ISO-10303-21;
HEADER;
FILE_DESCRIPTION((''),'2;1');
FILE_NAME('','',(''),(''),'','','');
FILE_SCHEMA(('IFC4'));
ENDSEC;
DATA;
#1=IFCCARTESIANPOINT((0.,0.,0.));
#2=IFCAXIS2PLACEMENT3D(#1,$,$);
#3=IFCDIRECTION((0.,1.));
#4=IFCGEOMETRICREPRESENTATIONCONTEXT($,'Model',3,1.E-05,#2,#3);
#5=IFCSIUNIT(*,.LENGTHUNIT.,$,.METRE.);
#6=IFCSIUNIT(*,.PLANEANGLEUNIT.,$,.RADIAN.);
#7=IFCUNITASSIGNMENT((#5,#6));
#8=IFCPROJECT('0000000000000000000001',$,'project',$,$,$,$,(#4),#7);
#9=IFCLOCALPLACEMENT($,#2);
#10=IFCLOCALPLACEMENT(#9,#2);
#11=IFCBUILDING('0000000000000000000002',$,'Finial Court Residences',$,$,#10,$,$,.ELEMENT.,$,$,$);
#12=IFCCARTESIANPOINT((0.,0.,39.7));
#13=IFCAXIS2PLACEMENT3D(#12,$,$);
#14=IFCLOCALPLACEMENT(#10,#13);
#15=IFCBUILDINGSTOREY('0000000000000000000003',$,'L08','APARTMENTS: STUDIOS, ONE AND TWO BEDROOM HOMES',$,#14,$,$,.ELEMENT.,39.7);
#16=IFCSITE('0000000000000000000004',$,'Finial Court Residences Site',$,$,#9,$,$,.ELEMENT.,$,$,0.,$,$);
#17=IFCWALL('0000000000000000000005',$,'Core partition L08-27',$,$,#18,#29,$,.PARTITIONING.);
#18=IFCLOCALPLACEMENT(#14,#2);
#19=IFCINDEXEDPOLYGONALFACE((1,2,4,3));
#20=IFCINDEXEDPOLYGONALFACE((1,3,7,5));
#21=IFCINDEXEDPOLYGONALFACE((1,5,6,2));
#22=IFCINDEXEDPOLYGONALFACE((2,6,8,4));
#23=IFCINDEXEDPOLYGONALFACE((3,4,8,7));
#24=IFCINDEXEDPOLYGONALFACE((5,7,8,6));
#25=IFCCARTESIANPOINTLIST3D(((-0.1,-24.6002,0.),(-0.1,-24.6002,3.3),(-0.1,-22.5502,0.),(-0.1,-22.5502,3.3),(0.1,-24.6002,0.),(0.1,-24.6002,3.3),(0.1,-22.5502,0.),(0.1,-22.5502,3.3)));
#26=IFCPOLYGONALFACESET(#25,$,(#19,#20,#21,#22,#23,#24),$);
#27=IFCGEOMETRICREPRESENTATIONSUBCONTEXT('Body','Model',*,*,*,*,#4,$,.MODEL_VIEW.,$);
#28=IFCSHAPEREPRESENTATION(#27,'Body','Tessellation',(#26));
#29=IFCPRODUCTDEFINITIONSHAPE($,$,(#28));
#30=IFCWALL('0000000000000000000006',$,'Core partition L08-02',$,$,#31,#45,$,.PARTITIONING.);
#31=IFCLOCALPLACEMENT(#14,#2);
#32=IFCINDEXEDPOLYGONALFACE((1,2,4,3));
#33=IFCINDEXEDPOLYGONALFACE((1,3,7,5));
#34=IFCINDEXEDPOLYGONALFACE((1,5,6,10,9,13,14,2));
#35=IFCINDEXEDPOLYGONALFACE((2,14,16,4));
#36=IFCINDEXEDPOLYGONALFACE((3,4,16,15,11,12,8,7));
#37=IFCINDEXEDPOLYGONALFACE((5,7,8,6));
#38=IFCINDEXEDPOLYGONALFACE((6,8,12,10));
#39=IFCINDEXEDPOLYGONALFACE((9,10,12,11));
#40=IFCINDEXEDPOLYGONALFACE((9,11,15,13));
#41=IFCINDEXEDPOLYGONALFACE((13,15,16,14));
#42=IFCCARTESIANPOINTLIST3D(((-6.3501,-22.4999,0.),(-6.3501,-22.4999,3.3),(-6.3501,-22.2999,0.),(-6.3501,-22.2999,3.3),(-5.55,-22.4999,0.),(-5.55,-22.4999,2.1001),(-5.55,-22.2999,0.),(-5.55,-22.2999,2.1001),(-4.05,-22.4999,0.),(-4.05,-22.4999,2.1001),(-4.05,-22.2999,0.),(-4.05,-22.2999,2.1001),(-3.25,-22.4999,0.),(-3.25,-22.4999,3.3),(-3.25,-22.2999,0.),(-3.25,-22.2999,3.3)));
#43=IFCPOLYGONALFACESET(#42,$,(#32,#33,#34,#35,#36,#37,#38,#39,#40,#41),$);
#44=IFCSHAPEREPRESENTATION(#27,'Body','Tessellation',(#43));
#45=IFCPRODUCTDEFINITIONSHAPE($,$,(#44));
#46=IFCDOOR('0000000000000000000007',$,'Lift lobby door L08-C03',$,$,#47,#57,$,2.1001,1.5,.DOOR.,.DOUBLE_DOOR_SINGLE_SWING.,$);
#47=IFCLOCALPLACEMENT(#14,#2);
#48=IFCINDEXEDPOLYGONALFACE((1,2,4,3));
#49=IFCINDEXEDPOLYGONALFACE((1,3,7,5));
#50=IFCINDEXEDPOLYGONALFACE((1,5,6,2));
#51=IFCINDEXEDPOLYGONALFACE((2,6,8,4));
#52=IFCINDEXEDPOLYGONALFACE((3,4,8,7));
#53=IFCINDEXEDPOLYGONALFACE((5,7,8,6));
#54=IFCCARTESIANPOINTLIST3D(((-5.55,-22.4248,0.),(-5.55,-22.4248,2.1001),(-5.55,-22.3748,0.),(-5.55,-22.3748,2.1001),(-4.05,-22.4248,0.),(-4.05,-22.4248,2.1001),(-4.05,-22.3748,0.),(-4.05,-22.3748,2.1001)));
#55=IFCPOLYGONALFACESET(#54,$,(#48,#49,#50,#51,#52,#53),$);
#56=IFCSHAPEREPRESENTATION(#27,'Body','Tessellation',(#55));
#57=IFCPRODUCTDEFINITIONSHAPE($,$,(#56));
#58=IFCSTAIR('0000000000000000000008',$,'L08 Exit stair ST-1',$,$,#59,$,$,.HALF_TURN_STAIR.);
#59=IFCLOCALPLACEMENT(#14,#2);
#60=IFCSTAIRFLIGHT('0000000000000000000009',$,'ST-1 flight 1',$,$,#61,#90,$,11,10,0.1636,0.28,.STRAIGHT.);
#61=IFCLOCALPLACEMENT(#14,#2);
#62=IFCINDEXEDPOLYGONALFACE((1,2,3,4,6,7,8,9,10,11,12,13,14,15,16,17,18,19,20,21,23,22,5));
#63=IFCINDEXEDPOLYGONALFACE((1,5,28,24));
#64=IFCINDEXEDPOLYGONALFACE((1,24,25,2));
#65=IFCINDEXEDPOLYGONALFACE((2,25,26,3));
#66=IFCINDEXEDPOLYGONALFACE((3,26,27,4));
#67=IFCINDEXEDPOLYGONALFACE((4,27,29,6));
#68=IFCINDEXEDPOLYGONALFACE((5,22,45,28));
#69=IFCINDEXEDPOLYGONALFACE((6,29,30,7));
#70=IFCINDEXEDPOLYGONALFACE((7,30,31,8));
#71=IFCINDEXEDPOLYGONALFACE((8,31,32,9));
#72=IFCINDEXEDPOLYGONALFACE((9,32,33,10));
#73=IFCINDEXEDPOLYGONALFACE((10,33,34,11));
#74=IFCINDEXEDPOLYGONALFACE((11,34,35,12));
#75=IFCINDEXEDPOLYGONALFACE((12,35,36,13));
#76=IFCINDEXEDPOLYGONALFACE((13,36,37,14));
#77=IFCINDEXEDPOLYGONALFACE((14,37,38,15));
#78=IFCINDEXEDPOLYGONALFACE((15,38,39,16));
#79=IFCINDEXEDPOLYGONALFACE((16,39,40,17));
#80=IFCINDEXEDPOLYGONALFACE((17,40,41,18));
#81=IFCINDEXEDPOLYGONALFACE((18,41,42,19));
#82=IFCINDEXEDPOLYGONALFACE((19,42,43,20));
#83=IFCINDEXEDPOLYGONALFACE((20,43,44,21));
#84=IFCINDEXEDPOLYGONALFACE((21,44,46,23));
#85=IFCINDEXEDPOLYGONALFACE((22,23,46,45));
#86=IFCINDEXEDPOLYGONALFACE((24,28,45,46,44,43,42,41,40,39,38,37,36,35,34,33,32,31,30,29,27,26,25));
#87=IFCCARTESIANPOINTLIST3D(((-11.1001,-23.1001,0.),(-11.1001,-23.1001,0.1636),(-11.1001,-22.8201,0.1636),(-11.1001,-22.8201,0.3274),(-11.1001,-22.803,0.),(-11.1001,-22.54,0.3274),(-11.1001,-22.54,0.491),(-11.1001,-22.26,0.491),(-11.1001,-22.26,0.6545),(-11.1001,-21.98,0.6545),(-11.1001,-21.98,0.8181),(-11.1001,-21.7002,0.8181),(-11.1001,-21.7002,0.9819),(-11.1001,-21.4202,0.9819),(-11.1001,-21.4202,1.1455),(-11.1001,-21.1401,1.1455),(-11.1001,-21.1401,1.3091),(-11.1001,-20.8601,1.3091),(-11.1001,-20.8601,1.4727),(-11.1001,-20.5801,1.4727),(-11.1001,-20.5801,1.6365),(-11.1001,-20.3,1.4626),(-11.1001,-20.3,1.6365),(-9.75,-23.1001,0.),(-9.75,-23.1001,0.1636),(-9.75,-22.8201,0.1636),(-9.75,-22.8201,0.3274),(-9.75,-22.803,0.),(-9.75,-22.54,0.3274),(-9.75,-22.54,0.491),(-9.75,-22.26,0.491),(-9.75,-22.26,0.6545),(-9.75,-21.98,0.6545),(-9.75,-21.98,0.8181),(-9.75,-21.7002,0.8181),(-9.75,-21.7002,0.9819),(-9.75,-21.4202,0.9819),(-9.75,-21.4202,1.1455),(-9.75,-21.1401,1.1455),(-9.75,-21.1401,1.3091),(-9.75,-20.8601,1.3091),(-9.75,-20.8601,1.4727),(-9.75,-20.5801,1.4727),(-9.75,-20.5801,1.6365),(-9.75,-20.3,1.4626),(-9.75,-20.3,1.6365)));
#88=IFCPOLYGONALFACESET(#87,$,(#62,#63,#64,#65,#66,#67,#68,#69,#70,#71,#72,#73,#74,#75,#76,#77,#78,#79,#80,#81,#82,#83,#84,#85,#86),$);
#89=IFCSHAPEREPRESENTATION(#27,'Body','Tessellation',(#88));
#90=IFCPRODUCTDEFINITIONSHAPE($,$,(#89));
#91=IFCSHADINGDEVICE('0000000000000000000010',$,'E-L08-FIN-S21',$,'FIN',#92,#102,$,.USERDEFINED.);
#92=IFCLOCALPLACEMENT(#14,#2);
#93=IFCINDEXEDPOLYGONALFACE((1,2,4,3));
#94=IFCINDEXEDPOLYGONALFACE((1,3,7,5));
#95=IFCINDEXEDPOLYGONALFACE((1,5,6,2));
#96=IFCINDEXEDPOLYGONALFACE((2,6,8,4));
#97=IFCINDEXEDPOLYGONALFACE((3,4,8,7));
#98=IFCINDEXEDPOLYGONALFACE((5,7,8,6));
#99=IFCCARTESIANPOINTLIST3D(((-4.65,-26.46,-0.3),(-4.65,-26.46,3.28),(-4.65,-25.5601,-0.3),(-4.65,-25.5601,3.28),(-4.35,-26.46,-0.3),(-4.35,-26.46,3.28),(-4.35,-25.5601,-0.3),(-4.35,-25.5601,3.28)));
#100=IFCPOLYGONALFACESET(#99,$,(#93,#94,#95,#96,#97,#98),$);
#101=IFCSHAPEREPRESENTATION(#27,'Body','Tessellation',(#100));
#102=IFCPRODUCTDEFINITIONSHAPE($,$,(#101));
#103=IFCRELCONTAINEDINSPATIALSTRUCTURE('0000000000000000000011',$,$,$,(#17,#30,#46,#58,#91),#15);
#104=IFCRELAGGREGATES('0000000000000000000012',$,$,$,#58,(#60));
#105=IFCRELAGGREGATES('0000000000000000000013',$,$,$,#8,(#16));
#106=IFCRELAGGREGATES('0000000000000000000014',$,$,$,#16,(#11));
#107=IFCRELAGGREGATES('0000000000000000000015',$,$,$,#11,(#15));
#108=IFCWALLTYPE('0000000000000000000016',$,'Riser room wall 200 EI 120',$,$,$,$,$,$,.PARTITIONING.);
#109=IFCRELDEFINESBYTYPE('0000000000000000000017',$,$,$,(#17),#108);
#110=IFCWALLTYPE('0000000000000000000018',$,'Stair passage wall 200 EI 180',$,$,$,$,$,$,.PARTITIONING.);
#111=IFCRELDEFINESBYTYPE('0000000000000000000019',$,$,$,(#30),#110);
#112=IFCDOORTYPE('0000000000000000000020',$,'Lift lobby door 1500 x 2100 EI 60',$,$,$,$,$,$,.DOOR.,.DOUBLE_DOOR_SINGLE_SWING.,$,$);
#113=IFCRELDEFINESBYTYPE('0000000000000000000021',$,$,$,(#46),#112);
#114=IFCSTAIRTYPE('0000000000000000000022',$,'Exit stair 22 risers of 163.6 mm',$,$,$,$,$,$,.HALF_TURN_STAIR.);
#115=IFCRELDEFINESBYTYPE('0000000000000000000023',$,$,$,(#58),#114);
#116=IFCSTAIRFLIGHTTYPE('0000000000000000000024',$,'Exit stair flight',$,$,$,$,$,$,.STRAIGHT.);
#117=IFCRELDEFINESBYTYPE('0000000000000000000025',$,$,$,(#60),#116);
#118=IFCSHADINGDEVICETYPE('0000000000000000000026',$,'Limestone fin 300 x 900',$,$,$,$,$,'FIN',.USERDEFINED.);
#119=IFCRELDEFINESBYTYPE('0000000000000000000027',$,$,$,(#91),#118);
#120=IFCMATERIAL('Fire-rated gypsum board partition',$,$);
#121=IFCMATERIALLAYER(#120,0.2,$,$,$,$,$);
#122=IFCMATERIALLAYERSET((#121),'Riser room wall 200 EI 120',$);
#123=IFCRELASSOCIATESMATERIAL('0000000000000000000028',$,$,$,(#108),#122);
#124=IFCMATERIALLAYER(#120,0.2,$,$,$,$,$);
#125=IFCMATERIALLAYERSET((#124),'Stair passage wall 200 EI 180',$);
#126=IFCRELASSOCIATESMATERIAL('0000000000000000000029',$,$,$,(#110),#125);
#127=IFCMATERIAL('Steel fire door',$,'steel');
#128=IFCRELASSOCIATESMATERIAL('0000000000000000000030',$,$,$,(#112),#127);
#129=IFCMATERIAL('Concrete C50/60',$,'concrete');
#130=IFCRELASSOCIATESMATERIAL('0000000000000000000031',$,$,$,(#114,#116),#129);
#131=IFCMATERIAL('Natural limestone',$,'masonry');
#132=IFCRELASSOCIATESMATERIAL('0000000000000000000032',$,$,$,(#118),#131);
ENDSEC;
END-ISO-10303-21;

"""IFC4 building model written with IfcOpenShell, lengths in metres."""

from ifc_helpers import new_model, si_unit, direction, frame, frame_2d, origin, origin_2d, place, context, subcontext, project, spatial, polyline, rectangle, outline, extrude, material, layer, layer_set, type_object, element, fill, aggregate, save


model = new_model("IFC4")

# Units and contexts
model_context = context("Model", 3, precision=1e-05, world=origin(), true_north=direction((0.0, 1.0)))
body_context = subcontext(model_context, "Body", "Model", "MODEL_VIEW")
ifc_project = project(units=[si_unit("LENGTHUNIT", "METRE"), si_unit("PLANEANGLEUNIT", "RADIAN")], contexts=[model_context])

# Site, building, storey
site_placement = place(None, origin())
site = spatial("IfcSite", under=ifc_project, at=site_placement, Name="Finial Court Residences Site", CompositionType="ELEMENT", RefElevation=0.0)
building_placement = place(site_placement, origin())
building = spatial("IfcBuilding", under=site, at=building_placement, Name="Finial Court Residences", CompositionType="ELEMENT")
storey_placement = place(building_placement, frame((0.0, 0.0, 39.7)))
storey = spatial("IfcBuildingStorey", under=building, at=storey_placement, Name="L08", Description="APARTMENTS: STUDIOS, ONE AND TWO BEDROOM HOMES", CompositionType="ELEMENT", Elevation=39.7)

# Shared definitions
ifc_material_1 = material(Name="Steel fire door", Category="steel")

# Wall
ifc_material_2 = material(Name="Fire-rated gypsum board partition")
ifc_layer_1 = layer(ifc_material_2, 0.2)
ifc_layer_set_1 = layer_set([ifc_layer_1], Name="Riser room wall 200 EI 120")
wall_type_1 = type_object("IfcWallType", Name="Riser room wall 200 EI 120", PredefinedType="PARTITIONING", material=ifc_layer_set_1)
wall_1_placement = place(storey_placement, frame((0.0, -24.6001, 0.0), z_axis=(0.0, 0.0, 1.0), x_axis=(0.0, 1.0, 0.0)))
element("IfcWall", 1, at=wall_1_placement, inside=storey, type_object=wall_type_1, Name="Core partition L08-27", PredefinedType="PARTITIONING", context=body_context, shape_type="SweptSolid", body=[
    extrude(rectangle(XDim=2.05, YDim=0.2, at=frame_2d((1.0249, 0.0))), origin(), (0.0, 0.0, 1.0), 3.3),
])

# Wall, opening, door
ifc_layer_2 = layer(ifc_material_2, 0.2)
ifc_layer_set_2 = layer_set([ifc_layer_2], Name="Stair passage wall 200 EI 180")
wall_type_2 = type_object("IfcWallType", Name="Stair passage wall 200 EI 180", PredefinedType="PARTITIONING", material=ifc_layer_set_2)
wall_2_placement = place(storey_placement, frame((-3.25, -22.3999, 0.0), z_axis=(0.0, 0.0, 1.0), x_axis=(-1.0, 0.0, 0.0)))
wall_2 = element("IfcWall", 2, at=wall_2_placement, inside=storey, type_object=wall_type_2, Name="Core partition L08-02", PredefinedType="PARTITIONING", context=body_context, shape_type="SweptSolid", body=[
    extrude(rectangle(XDim=3.1001, YDim=0.2, at=frame_2d((1.55, 0.0))), origin(), (0.0, 0.0, 1.0), 3.3),
])
opening_1_placement = place(wall_2_placement, frame((0.8, 0.0, 0.0)))
opening_1 = element("IfcOpeningElement", 3, at=opening_1_placement, cuts=wall_2, PredefinedType="OPENING", context=body_context, shape_type="SweptSolid", body=[
    extrude(rectangle(XDim=1.5, YDim=2.1001, at=frame_2d((0.75, 1.05))), frame((0.0, 0.1099, 0.0), z_axis=(0.0, -1.0, 0.0), x_axis=(1.0, 0.0, 0.0)), (0.0, 0.0, 1.0), 0.22),
])
door_type_1 = type_object("IfcDoorType", Name="Lift lobby door 1500 x 2100 EI 60", OperationType="DOUBLE_DOOR_SINGLE_SWING", PredefinedType="DOOR", material=ifc_material_1)
door_1_placement = place(opening_1_placement, origin())
door_1 = element("IfcDoor", 4, at=door_1_placement, inside=storey, type_object=door_type_1, Name="Lift lobby door L08-C03", OperationType="DOUBLE_DOOR_SINGLE_SWING", OverallHeight=2.1001, OverallWidth=1.5, PredefinedType="DOOR", context=body_context, shape_type="SweptSolid", body=[
    extrude(rectangle(XDim=1.5, YDim=2.1001, at=frame_2d((0.75, 1.05))), frame((0.0, 0.0249, 0.0), z_axis=(0.0, -1.0, 0.0), x_axis=(1.0, 0.0, 0.0)), (0.0, 0.0, 1.0), 0.05),
])
fill(opening_1, door_1)

# Stair, stair flight
ifc_material_3 = material(Name="Concrete C50/60", Category="concrete")
stair_type = type_object("IfcStairType", Name="Exit stair 22 risers of 163.6 mm", PredefinedType="HALF_TURN_STAIR", material=ifc_material_3)
stair_placement = place(storey_placement, origin())
stair = element("IfcStair", 5, at=stair_placement, inside=storey, type_object=stair_type, Name="L08 Exit stair ST-1", PredefinedType="HALF_TURN_STAIR")
stair_flight_type = type_object("IfcStairFlightType", Name="Exit stair flight", PredefinedType="STRAIGHT", material=ifc_material_3)
stair_flight_placement = place(storey_placement, frame((-10.425, -23.1001, 0.0), z_axis=(0.0, 0.0, 1.0), x_axis=(0.0, 1.0, 0.0)))
stair_flight = element("IfcStairFlight", 6, at=stair_flight_placement, type_object=stair_flight_type, Name="ST-1 flight 1", NumberOfRisers=11, NumberOfTreads=10, PredefinedType="STRAIGHT", RiserHeight=0.1636, TreadLength=0.28, context=body_context, shape_type="SweptSolid", body=[
    extrude(outline(polyline([(0.0, 0.0), (0.0, 0.1636), (0.28, 0.1636), (0.28, 0.3274), (0.5601, 0.3274), (0.5601, 0.491), (0.8401, 0.491), (0.8401, 0.6545), (1.1201, 0.6545), (1.1201, 0.8181), (1.3999, 0.8181), (1.3999, 0.9819), (1.6799, 0.9819), (1.6799, 1.1455), (1.96, 1.1455), (1.96, 1.3091), (2.24, 1.3091), (2.24, 1.4727), (2.52, 1.4727), (2.52, 1.6365), (2.8, 1.6365), (2.8, 1.8), (2.8, 1.4626), (0.2971, 0.0), (0.0, 0.0)])), frame((0.0, 0.675, 0.0), z_axis=(0.0, -1.0, 0.0), x_axis=(1.0, 0.0, 0.0)), (0.0, 0.0, 1.0), 1.3501),
])
aggregate(stair, [stair_flight])

# Shading device
ifc_material_4 = material(Name="Natural limestone", Category="masonry")
shading_device_type = type_object("IfcShadingDeviceType", Name="Limestone fin 300 x 900", ElementType="FIN", PredefinedType="USERDEFINED", material=ifc_material_4)
shading_device_placement = place(storey_placement, frame((-4.5, -26.01, -0.3), z_axis=(0.0, 0.0, 1.0), x_axis=(1.0, 0.0, 0.0)))
element("IfcShadingDevice", 7, at=shading_device_placement, inside=storey, type_object=shading_device_type, Name="E-L08-FIN-S21", ObjectType="FIN", PredefinedType="USERDEFINED", context=body_context, shape_type="SweptSolid", body=[
    extrude(rectangle(XDim=0.3, YDim=0.8999, at=origin_2d()), origin(), (0.0, 0.0, 1.0), 3.5801),
])

save(model, "model.ifc")
